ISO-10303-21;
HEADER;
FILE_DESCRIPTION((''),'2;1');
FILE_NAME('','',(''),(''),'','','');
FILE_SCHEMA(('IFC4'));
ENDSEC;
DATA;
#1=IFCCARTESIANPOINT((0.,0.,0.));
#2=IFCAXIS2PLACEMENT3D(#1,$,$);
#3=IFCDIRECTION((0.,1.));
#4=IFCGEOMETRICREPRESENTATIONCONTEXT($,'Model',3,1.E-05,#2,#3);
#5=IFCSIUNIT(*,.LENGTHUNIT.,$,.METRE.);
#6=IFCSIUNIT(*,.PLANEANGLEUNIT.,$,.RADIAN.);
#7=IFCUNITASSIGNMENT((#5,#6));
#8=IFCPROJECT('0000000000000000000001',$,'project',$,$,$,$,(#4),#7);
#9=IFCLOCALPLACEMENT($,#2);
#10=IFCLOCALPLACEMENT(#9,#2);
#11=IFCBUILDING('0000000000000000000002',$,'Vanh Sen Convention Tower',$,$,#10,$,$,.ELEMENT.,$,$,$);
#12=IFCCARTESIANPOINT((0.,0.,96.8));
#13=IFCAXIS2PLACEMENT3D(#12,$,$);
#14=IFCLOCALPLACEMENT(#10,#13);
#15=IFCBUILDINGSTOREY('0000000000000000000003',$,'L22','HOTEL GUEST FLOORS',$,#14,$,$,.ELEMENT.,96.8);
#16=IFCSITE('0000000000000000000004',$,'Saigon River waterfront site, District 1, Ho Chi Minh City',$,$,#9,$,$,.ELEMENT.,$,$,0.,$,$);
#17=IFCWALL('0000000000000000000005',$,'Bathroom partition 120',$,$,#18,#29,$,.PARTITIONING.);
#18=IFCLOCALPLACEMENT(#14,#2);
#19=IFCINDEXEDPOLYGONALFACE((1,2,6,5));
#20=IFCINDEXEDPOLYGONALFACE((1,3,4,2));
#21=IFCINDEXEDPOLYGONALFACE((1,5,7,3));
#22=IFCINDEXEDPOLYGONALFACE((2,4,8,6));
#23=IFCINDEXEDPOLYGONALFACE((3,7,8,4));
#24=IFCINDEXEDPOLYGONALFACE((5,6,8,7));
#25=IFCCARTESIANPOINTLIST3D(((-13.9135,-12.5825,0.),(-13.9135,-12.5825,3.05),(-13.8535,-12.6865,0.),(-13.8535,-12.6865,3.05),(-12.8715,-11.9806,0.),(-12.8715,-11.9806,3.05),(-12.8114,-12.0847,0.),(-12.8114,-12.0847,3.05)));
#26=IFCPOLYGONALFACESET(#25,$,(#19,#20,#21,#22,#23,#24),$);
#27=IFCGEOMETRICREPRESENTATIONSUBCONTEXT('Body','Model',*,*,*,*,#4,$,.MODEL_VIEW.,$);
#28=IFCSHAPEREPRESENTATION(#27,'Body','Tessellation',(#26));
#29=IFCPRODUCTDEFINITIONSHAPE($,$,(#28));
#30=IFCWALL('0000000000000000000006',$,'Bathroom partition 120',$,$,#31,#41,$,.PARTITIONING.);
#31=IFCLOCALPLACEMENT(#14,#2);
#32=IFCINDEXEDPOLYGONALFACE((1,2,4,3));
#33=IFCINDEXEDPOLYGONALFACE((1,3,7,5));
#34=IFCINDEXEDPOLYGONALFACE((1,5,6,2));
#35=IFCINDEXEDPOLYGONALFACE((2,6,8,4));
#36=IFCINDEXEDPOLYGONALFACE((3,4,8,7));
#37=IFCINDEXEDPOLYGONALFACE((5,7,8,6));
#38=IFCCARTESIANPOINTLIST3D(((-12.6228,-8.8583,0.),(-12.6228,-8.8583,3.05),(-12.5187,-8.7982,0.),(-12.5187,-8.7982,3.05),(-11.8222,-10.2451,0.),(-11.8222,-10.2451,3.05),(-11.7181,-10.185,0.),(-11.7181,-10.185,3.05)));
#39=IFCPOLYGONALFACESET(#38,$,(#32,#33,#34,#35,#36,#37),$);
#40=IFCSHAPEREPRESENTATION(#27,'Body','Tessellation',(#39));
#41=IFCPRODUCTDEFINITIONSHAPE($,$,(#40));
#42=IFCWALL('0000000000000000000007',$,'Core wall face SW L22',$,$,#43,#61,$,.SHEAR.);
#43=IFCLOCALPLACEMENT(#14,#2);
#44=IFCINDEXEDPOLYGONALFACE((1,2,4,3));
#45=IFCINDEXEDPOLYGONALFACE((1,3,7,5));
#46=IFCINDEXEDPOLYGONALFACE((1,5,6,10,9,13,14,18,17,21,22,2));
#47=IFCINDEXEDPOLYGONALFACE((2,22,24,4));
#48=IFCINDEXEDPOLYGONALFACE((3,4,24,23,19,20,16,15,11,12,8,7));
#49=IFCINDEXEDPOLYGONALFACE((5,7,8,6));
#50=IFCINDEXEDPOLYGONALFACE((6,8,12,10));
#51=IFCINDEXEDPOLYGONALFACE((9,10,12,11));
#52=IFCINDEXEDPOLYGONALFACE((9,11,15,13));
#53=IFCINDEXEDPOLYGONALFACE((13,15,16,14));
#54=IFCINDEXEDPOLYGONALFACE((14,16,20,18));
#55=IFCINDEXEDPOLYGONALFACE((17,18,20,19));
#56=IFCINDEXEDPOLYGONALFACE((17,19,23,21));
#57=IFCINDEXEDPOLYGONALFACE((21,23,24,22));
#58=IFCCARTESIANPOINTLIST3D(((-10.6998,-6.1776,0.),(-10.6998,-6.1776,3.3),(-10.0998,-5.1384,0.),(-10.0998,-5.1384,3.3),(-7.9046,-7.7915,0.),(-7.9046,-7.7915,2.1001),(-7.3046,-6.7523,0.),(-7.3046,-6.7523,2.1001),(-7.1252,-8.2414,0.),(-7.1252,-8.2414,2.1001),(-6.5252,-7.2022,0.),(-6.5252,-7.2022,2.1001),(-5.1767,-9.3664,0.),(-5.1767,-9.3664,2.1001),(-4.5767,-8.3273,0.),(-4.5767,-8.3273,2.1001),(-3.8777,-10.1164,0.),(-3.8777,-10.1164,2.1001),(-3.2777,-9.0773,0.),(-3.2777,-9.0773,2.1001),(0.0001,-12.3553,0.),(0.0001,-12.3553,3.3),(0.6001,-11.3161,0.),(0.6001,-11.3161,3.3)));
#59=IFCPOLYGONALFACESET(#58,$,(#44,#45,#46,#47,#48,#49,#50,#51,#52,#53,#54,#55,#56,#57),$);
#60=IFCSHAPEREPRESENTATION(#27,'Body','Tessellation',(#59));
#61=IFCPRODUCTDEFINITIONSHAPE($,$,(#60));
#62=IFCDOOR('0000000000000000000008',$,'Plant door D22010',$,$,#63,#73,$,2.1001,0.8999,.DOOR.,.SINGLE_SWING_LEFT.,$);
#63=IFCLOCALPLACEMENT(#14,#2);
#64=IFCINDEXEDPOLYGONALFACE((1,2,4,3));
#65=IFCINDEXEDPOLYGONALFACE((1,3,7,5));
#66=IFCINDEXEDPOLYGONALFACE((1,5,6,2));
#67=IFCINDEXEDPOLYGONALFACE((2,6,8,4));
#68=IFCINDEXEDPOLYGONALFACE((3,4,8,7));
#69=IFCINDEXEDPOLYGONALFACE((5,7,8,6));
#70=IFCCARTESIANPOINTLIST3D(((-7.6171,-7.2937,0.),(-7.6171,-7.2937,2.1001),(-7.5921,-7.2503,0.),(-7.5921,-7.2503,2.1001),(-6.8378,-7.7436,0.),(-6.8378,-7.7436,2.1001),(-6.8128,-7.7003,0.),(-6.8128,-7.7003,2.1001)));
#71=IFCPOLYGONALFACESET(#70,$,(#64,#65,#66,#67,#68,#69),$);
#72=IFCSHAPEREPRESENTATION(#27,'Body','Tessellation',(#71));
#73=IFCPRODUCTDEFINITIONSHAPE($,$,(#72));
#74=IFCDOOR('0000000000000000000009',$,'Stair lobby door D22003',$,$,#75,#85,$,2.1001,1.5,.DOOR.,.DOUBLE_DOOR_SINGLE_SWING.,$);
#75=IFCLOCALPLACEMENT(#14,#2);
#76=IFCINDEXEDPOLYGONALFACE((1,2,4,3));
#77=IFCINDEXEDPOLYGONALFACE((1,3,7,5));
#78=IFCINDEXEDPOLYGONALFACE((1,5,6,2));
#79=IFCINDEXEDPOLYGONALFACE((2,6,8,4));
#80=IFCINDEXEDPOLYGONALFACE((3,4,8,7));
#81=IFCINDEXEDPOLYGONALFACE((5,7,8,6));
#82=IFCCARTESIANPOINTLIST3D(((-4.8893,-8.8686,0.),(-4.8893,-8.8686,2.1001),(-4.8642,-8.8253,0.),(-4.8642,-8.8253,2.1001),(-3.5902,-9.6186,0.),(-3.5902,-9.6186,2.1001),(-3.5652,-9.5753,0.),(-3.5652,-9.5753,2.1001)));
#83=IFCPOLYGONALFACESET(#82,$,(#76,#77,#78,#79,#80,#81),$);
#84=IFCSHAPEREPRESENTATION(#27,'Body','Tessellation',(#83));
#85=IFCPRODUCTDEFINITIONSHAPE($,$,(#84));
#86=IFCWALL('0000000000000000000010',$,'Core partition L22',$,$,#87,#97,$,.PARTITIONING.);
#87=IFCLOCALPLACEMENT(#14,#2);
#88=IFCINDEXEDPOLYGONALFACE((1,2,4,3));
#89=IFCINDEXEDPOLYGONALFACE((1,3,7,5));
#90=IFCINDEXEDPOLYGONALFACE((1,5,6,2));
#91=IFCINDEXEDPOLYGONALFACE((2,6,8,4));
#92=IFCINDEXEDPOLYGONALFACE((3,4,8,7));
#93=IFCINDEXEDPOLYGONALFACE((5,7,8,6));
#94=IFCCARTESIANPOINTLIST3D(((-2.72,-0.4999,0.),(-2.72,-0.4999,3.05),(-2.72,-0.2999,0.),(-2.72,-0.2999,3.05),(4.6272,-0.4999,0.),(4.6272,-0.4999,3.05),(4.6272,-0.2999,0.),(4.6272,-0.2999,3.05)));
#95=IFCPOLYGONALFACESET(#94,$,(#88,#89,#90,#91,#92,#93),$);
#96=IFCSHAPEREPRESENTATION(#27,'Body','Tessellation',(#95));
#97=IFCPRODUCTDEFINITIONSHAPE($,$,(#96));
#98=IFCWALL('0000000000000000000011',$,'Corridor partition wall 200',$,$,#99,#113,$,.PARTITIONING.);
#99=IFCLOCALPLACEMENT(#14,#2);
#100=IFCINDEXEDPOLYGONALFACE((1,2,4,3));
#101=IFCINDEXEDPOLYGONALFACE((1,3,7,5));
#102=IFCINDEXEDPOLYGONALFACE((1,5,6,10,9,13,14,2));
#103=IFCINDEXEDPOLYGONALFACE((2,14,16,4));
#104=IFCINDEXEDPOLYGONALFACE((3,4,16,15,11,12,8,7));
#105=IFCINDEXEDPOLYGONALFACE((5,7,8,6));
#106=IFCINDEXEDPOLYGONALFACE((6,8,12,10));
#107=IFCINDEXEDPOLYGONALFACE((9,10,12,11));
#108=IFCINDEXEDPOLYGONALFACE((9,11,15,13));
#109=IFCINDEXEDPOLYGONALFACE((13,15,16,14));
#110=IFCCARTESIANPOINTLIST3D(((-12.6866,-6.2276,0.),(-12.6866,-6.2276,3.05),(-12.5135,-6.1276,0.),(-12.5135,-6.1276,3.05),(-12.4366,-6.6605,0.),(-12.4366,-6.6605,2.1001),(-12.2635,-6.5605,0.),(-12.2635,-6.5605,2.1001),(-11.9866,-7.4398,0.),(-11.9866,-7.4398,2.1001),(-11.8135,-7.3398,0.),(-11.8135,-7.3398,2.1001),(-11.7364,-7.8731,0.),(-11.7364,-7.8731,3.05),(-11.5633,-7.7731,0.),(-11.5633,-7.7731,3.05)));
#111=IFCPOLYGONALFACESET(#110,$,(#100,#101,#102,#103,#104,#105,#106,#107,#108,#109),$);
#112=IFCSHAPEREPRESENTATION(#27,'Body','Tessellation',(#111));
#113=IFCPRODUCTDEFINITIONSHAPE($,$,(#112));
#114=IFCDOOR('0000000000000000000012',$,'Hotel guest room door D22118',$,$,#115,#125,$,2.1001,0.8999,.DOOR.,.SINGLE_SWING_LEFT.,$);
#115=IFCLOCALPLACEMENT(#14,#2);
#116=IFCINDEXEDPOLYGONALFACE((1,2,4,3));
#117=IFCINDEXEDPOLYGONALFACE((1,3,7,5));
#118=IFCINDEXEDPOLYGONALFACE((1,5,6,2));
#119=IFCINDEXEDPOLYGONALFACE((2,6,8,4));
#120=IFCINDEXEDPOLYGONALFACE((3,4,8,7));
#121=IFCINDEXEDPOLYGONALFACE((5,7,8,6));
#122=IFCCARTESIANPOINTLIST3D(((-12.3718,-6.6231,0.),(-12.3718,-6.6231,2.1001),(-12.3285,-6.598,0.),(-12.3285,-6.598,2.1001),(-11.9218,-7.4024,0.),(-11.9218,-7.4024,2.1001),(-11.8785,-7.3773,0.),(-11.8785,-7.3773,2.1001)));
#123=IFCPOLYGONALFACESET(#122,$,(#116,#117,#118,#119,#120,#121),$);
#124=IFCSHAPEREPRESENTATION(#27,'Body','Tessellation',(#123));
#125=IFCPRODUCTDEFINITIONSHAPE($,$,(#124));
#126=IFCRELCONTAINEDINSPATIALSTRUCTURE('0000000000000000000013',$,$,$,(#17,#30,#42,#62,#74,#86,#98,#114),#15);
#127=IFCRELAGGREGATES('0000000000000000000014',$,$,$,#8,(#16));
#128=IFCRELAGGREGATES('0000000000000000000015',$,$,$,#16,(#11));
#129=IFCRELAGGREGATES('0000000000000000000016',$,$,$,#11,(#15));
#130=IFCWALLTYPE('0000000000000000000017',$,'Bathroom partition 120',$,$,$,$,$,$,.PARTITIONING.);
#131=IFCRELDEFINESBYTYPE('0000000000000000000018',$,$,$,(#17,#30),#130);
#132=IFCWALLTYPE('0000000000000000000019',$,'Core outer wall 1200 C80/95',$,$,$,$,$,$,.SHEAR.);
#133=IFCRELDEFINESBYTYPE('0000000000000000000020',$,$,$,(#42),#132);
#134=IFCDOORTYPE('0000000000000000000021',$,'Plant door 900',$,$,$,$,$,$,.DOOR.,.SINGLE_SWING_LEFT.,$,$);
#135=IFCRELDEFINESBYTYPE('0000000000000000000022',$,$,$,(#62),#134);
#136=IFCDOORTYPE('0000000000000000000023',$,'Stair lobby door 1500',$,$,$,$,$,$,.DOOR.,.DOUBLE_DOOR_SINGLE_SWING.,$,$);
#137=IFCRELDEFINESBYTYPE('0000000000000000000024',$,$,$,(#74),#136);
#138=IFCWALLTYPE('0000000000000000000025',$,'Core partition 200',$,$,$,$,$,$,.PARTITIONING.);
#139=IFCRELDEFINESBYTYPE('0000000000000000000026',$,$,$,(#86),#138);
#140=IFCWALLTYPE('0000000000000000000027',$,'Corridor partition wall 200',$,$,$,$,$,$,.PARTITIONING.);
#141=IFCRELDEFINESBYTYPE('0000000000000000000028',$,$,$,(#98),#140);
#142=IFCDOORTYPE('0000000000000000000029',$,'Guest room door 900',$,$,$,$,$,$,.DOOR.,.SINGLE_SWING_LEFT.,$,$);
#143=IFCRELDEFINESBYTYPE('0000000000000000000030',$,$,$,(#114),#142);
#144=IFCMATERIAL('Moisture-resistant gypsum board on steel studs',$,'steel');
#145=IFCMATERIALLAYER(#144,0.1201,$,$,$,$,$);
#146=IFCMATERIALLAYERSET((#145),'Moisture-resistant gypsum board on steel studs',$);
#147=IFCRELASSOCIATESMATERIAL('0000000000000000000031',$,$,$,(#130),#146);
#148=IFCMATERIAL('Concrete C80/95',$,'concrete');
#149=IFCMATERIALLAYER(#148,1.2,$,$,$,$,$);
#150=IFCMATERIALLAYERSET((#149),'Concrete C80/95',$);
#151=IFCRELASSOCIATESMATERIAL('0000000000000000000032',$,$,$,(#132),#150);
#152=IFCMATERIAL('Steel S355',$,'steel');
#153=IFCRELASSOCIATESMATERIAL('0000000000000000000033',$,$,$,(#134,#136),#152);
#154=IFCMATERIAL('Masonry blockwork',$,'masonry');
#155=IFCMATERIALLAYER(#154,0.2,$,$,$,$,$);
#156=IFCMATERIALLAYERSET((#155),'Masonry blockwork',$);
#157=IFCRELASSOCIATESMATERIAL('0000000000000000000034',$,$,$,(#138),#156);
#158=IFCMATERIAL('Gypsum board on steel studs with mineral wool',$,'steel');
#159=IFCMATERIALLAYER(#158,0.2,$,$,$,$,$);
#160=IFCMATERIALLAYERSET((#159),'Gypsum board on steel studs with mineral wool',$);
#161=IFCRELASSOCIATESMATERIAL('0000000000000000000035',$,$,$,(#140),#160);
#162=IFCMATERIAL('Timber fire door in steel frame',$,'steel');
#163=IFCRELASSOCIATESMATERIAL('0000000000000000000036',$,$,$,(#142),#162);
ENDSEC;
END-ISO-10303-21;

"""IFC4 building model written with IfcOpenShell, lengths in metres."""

from ifc_helpers import new_model, si_unit, direction, frame, frame_2d, origin, place, context, subcontext, project, spatial, rectangle, extrude, material, layer, layer_set, type_object, element, fill, save


model = new_model("IFC4")

# Units and contexts
model_context = context("Model", 3, precision=1e-05, world=origin(), true_north=direction((0.0, 1.0)))
body_context = subcontext(model_context, "Body", "Model", "MODEL_VIEW")
ifc_project = project(units=[si_unit("LENGTHUNIT", "METRE"), si_unit("PLANEANGLEUNIT", "RADIAN")], contexts=[model_context])

# Site, building, storey
site_placement = place(None, origin())
site = spatial("IfcSite", under=ifc_project, at=site_placement, Name="Saigon River waterfront site, District 1, Ho Chi Minh City", CompositionType="ELEMENT", RefElevation=0.0)
building_placement = place(site_placement, origin())
building = spatial("IfcBuilding", under=site, at=building_placement, Name="Vanh Sen Convention Tower", CompositionType="ELEMENT")
storey_placement = place(building_placement, frame((0.0, 0.0, 96.8)))
storey = spatial("IfcBuildingStorey", under=building, at=storey_placement, Name="L22", Description="HOTEL GUEST FLOORS", CompositionType="ELEMENT", Elevation=96.8)

# Walls
ifc_material_1 = material(Name="Moisture-resistant gypsum board on steel studs", Category="steel")
ifc_layer_1 = layer(ifc_material_1, 0.1201)
ifc_layer_set_1 = layer_set([ifc_layer_1], Name="Moisture-resistant gypsum board on steel studs")
wall_type_1 = type_object("IfcWallType", Name="Bathroom partition 120", PredefinedType="PARTITIONING", material=ifc_layer_set_1)
wall_1_placement = place(storey_placement, frame((-12.8416, -12.0327, 0.0), z_axis=(0.0, 0.0, 1.0), x_axis=(-0.865949, -0.500132, 0.0)))
element("IfcWall", 1, at=wall_1_placement, inside=storey, type_object=wall_type_1, Name="Bathroom partition 120", PredefinedType="PARTITIONING", context=body_context, shape_type="SweptSolid", body=[
    extrude(rectangle(XDim=1.2034, YDim=0.1201, at=frame_2d((0.6016, 0.0))), origin(), (0.0, 0.0, 1.0), 3.05),
])
wall_2_placement = place(storey_placement, frame((-12.5708, -8.8281, 0.0), z_axis=(0.0, 0.0, 1.0), x_axis=(0.49996, -0.866048, 0.0)))
element("IfcWall", 2, at=wall_2_placement, inside=storey, type_object=wall_type_1, Name="Bathroom partition 120", PredefinedType="PARTITIONING", context=body_context, shape_type="SweptSolid", body=[
    extrude(rectangle(XDim=1.6013, YDim=0.1201, at=frame_2d((0.8008, 0.0))), origin(), (0.0, 0.0, 1.0), 3.05),
])

# Wall, openings, doors
ifc_material_2 = material(Name="Concrete C80/95", Category="concrete")
ifc_layer_2 = layer(ifc_material_2, 1.2)
ifc_layer_set_2 = layer_set([ifc_layer_2], Name="Concrete C80/95")
wall_type_2 = type_object("IfcWallType", Name="Core outer wall 1200 C80/95", PredefinedType="SHEAR", material=ifc_layer_set_2)
wall_3_placement = place(storey_placement, frame((-10.3999, -5.658, 0.0), z_axis=(0.0, 0.0, 1.0), x_axis=(0.866021, -0.500007, 0.0)))
wall_3 = element("IfcWall", 3, at=wall_3_placement, inside=storey, type_object=wall_type_2, Name="Core wall face SW L22", PredefinedType="SHEAR", context=body_context, shape_type="SweptSolid", body=[
    extrude(rectangle(XDim=12.3552, YDim=1.2, at=frame_2d((6.1777, 0.0))), origin(), (0.0, 0.0, 1.0), 3.3),
])
opening_1_placement = place(wall_3_placement, frame((6.3777, 0.0, 0.0)))
opening_1 = element("IfcOpeningElement", 4, at=opening_1_placement, cuts=wall_3, PredefinedType="OPENING", context=body_context, shape_type="SweptSolid", body=[
    extrude(rectangle(XDim=1.5, YDim=2.1001, at=frame_2d((0.75, 1.05))), frame((0.0, 0.6099, 0.0), z_axis=(0.0, -1.0, 0.0), x_axis=(1.0, 0.0, 0.0)), (0.0, 0.0, 1.0), 1.22),
])
opening_2_placement = place(wall_3_placement, frame((3.2278, 0.0, 0.0)))
opening_2 = element("IfcOpeningElement", 5, at=opening_2_placement, cuts=wall_3, PredefinedType="OPENING", context=body_context, shape_type="SweptSolid", body=[
    extrude(rectangle(XDim=0.8999, YDim=2.1001, at=frame_2d((0.45, 1.05))), frame((0.0, 0.6099, 0.0), z_axis=(0.0, -1.0, 0.0), x_axis=(1.0, 0.0, 0.0)), (0.0, 0.0, 1.0), 1.22),
])
ifc_material_3 = material(Name="Steel S355", Category="steel")
door_type_1 = type_object("IfcDoorType", Name="Plant door 900", OperationType="SINGLE_SWING_LEFT", PredefinedType="DOOR", material=ifc_material_3)
door_1_placement = place(opening_2_placement, origin())
door_1 = element("IfcDoor", 6, at=door_1_placement, inside=storey, type_object=door_type_1, Name="Plant door D22010", OperationType="SINGLE_SWING_LEFT", OverallHeight=2.1001, OverallWidth=0.8999, PredefinedType="DOOR", context=body_context, shape_type="SweptSolid", body=[
    extrude(rectangle(XDim=0.8999, YDim=2.1001, at=frame_2d((0.45, 1.05))), frame((0.0, 0.0249, 0.0), z_axis=(0.0, -1.0, 0.0), x_axis=(1.0, 0.0, 0.0)), (0.0, 0.0, 1.0), 0.05),
])
fill(opening_2, door_1)
door_type_2 = type_object("IfcDoorType", Name="Stair lobby door 1500", OperationType="DOUBLE_DOOR_SINGLE_SWING", PredefinedType="DOOR", material=ifc_material_3)
door_2_placement = place(opening_1_placement, origin())
door_2 = element("IfcDoor", 7, at=door_2_placement, inside=storey, type_object=door_type_2, Name="Stair lobby door D22003", OperationType="DOUBLE_DOOR_SINGLE_SWING", OverallHeight=2.1001, OverallWidth=1.5, PredefinedType="DOOR", context=body_context, shape_type="SweptSolid", body=[
    extrude(rectangle(XDim=1.5, YDim=2.1001, at=frame_2d((0.75, 1.05))), frame((0.0, 0.0249, 0.0), z_axis=(0.0, -1.0, 0.0), x_axis=(1.0, 0.0, 0.0)), (0.0, 0.0, 1.0), 0.05),
])
fill(opening_1, door_2)

# Wall
ifc_material_4 = material(Name="Masonry blockwork", Category="masonry")
ifc_layer_3 = layer(ifc_material_4, 0.2)
ifc_layer_set_3 = layer_set([ifc_layer_3], Name="Masonry blockwork")
wall_type_3 = type_object("IfcWallType", Name="Core partition 200", PredefinedType="PARTITIONING", material=ifc_layer_set_3)
wall_4_placement = place(storey_placement, frame((-2.72, -0.3999, 0.0), z_axis=(0.0, 0.0, 1.0), x_axis=(1.0, 0.0, 0.0)))
element("IfcWall", 8, at=wall_4_placement, inside=storey, type_object=wall_type_3, Name="Core partition L22", PredefinedType="PARTITIONING", context=body_context, shape_type="SweptSolid", body=[
    extrude(rectangle(XDim=7.3472, YDim=0.2, at=frame_2d((3.6736, 0.0))), origin(), (0.0, 0.0, 1.0), 3.05),
])

# Wall, opening, door
ifc_material_5 = material(Name="Gypsum board on steel studs with mineral wool", Category="steel")
ifc_layer_4 = layer(ifc_material_5, 0.2)
ifc_layer_set_4 = layer_set([ifc_layer_4], Name="Gypsum board on steel studs with mineral wool")
wall_type_4 = type_object("IfcWallType", Name="Corridor partition wall 200", PredefinedType="PARTITIONING", material=ifc_layer_set_4)
wall_5_placement = place(storey_placement, frame((-12.6001, -6.1775, 0.0), z_axis=(0.0, 0.0, 1.0), x_axis=(0.500064, -0.865989, 0.0)))
wall_5 = element("IfcWall", 9, at=wall_5_placement, inside=storey, type_object=wall_type_4, Name="Corridor partition wall 200", PredefinedType="PARTITIONING", context=body_context, shape_type="SweptSolid", body=[
    extrude(rectangle(XDim=1.9001, YDim=0.2, at=frame_2d((0.9502, 0.0))), origin(), (0.0, 0.0, 1.0), 3.05),
])
opening_3_placement = place(wall_5_placement, frame((0.5, 0.0, 0.0)))
opening_3 = element("IfcOpeningElement", 10, at=opening_3_placement, cuts=wall_5, PredefinedType="OPENING", context=body_context, shape_type="SweptSolid", body=[
    extrude(rectangle(XDim=0.8999, YDim=2.1001, at=frame_2d((0.45, 1.05))), frame((0.0, 0.1099, 0.0), z_axis=(0.0, -1.0, 0.0), x_axis=(1.0, 0.0, 0.0)), (0.0, 0.0, 1.0), 0.22),
])
ifc_material_6 = material(Name="Timber fire door in steel frame", Category="steel")
door_type_3 = type_object("IfcDoorType", Name="Guest room door 900", OperationType="SINGLE_SWING_LEFT", PredefinedType="DOOR", material=ifc_material_6)
door_3_placement = place(opening_3_placement, origin())
door_3 = element("IfcDoor", 11, at=door_3_placement, inside=storey, type_object=door_type_3, Name="Hotel guest room door D22118", OperationType="SINGLE_SWING_LEFT", OverallHeight=2.1001, OverallWidth=0.8999, PredefinedType="DOOR", context=body_context, shape_type="SweptSolid", body=[
    extrude(rectangle(XDim=0.8999, YDim=2.1001, at=frame_2d((0.45, 1.05))), frame((0.0, 0.0249, 0.0), z_axis=(0.0, -1.0, 0.0), x_axis=(1.0, 0.0, 0.0)), (0.0, 0.0, 1.0), 0.05),
])
fill(opening_3, door_3)

save(model, "model.ifc")
